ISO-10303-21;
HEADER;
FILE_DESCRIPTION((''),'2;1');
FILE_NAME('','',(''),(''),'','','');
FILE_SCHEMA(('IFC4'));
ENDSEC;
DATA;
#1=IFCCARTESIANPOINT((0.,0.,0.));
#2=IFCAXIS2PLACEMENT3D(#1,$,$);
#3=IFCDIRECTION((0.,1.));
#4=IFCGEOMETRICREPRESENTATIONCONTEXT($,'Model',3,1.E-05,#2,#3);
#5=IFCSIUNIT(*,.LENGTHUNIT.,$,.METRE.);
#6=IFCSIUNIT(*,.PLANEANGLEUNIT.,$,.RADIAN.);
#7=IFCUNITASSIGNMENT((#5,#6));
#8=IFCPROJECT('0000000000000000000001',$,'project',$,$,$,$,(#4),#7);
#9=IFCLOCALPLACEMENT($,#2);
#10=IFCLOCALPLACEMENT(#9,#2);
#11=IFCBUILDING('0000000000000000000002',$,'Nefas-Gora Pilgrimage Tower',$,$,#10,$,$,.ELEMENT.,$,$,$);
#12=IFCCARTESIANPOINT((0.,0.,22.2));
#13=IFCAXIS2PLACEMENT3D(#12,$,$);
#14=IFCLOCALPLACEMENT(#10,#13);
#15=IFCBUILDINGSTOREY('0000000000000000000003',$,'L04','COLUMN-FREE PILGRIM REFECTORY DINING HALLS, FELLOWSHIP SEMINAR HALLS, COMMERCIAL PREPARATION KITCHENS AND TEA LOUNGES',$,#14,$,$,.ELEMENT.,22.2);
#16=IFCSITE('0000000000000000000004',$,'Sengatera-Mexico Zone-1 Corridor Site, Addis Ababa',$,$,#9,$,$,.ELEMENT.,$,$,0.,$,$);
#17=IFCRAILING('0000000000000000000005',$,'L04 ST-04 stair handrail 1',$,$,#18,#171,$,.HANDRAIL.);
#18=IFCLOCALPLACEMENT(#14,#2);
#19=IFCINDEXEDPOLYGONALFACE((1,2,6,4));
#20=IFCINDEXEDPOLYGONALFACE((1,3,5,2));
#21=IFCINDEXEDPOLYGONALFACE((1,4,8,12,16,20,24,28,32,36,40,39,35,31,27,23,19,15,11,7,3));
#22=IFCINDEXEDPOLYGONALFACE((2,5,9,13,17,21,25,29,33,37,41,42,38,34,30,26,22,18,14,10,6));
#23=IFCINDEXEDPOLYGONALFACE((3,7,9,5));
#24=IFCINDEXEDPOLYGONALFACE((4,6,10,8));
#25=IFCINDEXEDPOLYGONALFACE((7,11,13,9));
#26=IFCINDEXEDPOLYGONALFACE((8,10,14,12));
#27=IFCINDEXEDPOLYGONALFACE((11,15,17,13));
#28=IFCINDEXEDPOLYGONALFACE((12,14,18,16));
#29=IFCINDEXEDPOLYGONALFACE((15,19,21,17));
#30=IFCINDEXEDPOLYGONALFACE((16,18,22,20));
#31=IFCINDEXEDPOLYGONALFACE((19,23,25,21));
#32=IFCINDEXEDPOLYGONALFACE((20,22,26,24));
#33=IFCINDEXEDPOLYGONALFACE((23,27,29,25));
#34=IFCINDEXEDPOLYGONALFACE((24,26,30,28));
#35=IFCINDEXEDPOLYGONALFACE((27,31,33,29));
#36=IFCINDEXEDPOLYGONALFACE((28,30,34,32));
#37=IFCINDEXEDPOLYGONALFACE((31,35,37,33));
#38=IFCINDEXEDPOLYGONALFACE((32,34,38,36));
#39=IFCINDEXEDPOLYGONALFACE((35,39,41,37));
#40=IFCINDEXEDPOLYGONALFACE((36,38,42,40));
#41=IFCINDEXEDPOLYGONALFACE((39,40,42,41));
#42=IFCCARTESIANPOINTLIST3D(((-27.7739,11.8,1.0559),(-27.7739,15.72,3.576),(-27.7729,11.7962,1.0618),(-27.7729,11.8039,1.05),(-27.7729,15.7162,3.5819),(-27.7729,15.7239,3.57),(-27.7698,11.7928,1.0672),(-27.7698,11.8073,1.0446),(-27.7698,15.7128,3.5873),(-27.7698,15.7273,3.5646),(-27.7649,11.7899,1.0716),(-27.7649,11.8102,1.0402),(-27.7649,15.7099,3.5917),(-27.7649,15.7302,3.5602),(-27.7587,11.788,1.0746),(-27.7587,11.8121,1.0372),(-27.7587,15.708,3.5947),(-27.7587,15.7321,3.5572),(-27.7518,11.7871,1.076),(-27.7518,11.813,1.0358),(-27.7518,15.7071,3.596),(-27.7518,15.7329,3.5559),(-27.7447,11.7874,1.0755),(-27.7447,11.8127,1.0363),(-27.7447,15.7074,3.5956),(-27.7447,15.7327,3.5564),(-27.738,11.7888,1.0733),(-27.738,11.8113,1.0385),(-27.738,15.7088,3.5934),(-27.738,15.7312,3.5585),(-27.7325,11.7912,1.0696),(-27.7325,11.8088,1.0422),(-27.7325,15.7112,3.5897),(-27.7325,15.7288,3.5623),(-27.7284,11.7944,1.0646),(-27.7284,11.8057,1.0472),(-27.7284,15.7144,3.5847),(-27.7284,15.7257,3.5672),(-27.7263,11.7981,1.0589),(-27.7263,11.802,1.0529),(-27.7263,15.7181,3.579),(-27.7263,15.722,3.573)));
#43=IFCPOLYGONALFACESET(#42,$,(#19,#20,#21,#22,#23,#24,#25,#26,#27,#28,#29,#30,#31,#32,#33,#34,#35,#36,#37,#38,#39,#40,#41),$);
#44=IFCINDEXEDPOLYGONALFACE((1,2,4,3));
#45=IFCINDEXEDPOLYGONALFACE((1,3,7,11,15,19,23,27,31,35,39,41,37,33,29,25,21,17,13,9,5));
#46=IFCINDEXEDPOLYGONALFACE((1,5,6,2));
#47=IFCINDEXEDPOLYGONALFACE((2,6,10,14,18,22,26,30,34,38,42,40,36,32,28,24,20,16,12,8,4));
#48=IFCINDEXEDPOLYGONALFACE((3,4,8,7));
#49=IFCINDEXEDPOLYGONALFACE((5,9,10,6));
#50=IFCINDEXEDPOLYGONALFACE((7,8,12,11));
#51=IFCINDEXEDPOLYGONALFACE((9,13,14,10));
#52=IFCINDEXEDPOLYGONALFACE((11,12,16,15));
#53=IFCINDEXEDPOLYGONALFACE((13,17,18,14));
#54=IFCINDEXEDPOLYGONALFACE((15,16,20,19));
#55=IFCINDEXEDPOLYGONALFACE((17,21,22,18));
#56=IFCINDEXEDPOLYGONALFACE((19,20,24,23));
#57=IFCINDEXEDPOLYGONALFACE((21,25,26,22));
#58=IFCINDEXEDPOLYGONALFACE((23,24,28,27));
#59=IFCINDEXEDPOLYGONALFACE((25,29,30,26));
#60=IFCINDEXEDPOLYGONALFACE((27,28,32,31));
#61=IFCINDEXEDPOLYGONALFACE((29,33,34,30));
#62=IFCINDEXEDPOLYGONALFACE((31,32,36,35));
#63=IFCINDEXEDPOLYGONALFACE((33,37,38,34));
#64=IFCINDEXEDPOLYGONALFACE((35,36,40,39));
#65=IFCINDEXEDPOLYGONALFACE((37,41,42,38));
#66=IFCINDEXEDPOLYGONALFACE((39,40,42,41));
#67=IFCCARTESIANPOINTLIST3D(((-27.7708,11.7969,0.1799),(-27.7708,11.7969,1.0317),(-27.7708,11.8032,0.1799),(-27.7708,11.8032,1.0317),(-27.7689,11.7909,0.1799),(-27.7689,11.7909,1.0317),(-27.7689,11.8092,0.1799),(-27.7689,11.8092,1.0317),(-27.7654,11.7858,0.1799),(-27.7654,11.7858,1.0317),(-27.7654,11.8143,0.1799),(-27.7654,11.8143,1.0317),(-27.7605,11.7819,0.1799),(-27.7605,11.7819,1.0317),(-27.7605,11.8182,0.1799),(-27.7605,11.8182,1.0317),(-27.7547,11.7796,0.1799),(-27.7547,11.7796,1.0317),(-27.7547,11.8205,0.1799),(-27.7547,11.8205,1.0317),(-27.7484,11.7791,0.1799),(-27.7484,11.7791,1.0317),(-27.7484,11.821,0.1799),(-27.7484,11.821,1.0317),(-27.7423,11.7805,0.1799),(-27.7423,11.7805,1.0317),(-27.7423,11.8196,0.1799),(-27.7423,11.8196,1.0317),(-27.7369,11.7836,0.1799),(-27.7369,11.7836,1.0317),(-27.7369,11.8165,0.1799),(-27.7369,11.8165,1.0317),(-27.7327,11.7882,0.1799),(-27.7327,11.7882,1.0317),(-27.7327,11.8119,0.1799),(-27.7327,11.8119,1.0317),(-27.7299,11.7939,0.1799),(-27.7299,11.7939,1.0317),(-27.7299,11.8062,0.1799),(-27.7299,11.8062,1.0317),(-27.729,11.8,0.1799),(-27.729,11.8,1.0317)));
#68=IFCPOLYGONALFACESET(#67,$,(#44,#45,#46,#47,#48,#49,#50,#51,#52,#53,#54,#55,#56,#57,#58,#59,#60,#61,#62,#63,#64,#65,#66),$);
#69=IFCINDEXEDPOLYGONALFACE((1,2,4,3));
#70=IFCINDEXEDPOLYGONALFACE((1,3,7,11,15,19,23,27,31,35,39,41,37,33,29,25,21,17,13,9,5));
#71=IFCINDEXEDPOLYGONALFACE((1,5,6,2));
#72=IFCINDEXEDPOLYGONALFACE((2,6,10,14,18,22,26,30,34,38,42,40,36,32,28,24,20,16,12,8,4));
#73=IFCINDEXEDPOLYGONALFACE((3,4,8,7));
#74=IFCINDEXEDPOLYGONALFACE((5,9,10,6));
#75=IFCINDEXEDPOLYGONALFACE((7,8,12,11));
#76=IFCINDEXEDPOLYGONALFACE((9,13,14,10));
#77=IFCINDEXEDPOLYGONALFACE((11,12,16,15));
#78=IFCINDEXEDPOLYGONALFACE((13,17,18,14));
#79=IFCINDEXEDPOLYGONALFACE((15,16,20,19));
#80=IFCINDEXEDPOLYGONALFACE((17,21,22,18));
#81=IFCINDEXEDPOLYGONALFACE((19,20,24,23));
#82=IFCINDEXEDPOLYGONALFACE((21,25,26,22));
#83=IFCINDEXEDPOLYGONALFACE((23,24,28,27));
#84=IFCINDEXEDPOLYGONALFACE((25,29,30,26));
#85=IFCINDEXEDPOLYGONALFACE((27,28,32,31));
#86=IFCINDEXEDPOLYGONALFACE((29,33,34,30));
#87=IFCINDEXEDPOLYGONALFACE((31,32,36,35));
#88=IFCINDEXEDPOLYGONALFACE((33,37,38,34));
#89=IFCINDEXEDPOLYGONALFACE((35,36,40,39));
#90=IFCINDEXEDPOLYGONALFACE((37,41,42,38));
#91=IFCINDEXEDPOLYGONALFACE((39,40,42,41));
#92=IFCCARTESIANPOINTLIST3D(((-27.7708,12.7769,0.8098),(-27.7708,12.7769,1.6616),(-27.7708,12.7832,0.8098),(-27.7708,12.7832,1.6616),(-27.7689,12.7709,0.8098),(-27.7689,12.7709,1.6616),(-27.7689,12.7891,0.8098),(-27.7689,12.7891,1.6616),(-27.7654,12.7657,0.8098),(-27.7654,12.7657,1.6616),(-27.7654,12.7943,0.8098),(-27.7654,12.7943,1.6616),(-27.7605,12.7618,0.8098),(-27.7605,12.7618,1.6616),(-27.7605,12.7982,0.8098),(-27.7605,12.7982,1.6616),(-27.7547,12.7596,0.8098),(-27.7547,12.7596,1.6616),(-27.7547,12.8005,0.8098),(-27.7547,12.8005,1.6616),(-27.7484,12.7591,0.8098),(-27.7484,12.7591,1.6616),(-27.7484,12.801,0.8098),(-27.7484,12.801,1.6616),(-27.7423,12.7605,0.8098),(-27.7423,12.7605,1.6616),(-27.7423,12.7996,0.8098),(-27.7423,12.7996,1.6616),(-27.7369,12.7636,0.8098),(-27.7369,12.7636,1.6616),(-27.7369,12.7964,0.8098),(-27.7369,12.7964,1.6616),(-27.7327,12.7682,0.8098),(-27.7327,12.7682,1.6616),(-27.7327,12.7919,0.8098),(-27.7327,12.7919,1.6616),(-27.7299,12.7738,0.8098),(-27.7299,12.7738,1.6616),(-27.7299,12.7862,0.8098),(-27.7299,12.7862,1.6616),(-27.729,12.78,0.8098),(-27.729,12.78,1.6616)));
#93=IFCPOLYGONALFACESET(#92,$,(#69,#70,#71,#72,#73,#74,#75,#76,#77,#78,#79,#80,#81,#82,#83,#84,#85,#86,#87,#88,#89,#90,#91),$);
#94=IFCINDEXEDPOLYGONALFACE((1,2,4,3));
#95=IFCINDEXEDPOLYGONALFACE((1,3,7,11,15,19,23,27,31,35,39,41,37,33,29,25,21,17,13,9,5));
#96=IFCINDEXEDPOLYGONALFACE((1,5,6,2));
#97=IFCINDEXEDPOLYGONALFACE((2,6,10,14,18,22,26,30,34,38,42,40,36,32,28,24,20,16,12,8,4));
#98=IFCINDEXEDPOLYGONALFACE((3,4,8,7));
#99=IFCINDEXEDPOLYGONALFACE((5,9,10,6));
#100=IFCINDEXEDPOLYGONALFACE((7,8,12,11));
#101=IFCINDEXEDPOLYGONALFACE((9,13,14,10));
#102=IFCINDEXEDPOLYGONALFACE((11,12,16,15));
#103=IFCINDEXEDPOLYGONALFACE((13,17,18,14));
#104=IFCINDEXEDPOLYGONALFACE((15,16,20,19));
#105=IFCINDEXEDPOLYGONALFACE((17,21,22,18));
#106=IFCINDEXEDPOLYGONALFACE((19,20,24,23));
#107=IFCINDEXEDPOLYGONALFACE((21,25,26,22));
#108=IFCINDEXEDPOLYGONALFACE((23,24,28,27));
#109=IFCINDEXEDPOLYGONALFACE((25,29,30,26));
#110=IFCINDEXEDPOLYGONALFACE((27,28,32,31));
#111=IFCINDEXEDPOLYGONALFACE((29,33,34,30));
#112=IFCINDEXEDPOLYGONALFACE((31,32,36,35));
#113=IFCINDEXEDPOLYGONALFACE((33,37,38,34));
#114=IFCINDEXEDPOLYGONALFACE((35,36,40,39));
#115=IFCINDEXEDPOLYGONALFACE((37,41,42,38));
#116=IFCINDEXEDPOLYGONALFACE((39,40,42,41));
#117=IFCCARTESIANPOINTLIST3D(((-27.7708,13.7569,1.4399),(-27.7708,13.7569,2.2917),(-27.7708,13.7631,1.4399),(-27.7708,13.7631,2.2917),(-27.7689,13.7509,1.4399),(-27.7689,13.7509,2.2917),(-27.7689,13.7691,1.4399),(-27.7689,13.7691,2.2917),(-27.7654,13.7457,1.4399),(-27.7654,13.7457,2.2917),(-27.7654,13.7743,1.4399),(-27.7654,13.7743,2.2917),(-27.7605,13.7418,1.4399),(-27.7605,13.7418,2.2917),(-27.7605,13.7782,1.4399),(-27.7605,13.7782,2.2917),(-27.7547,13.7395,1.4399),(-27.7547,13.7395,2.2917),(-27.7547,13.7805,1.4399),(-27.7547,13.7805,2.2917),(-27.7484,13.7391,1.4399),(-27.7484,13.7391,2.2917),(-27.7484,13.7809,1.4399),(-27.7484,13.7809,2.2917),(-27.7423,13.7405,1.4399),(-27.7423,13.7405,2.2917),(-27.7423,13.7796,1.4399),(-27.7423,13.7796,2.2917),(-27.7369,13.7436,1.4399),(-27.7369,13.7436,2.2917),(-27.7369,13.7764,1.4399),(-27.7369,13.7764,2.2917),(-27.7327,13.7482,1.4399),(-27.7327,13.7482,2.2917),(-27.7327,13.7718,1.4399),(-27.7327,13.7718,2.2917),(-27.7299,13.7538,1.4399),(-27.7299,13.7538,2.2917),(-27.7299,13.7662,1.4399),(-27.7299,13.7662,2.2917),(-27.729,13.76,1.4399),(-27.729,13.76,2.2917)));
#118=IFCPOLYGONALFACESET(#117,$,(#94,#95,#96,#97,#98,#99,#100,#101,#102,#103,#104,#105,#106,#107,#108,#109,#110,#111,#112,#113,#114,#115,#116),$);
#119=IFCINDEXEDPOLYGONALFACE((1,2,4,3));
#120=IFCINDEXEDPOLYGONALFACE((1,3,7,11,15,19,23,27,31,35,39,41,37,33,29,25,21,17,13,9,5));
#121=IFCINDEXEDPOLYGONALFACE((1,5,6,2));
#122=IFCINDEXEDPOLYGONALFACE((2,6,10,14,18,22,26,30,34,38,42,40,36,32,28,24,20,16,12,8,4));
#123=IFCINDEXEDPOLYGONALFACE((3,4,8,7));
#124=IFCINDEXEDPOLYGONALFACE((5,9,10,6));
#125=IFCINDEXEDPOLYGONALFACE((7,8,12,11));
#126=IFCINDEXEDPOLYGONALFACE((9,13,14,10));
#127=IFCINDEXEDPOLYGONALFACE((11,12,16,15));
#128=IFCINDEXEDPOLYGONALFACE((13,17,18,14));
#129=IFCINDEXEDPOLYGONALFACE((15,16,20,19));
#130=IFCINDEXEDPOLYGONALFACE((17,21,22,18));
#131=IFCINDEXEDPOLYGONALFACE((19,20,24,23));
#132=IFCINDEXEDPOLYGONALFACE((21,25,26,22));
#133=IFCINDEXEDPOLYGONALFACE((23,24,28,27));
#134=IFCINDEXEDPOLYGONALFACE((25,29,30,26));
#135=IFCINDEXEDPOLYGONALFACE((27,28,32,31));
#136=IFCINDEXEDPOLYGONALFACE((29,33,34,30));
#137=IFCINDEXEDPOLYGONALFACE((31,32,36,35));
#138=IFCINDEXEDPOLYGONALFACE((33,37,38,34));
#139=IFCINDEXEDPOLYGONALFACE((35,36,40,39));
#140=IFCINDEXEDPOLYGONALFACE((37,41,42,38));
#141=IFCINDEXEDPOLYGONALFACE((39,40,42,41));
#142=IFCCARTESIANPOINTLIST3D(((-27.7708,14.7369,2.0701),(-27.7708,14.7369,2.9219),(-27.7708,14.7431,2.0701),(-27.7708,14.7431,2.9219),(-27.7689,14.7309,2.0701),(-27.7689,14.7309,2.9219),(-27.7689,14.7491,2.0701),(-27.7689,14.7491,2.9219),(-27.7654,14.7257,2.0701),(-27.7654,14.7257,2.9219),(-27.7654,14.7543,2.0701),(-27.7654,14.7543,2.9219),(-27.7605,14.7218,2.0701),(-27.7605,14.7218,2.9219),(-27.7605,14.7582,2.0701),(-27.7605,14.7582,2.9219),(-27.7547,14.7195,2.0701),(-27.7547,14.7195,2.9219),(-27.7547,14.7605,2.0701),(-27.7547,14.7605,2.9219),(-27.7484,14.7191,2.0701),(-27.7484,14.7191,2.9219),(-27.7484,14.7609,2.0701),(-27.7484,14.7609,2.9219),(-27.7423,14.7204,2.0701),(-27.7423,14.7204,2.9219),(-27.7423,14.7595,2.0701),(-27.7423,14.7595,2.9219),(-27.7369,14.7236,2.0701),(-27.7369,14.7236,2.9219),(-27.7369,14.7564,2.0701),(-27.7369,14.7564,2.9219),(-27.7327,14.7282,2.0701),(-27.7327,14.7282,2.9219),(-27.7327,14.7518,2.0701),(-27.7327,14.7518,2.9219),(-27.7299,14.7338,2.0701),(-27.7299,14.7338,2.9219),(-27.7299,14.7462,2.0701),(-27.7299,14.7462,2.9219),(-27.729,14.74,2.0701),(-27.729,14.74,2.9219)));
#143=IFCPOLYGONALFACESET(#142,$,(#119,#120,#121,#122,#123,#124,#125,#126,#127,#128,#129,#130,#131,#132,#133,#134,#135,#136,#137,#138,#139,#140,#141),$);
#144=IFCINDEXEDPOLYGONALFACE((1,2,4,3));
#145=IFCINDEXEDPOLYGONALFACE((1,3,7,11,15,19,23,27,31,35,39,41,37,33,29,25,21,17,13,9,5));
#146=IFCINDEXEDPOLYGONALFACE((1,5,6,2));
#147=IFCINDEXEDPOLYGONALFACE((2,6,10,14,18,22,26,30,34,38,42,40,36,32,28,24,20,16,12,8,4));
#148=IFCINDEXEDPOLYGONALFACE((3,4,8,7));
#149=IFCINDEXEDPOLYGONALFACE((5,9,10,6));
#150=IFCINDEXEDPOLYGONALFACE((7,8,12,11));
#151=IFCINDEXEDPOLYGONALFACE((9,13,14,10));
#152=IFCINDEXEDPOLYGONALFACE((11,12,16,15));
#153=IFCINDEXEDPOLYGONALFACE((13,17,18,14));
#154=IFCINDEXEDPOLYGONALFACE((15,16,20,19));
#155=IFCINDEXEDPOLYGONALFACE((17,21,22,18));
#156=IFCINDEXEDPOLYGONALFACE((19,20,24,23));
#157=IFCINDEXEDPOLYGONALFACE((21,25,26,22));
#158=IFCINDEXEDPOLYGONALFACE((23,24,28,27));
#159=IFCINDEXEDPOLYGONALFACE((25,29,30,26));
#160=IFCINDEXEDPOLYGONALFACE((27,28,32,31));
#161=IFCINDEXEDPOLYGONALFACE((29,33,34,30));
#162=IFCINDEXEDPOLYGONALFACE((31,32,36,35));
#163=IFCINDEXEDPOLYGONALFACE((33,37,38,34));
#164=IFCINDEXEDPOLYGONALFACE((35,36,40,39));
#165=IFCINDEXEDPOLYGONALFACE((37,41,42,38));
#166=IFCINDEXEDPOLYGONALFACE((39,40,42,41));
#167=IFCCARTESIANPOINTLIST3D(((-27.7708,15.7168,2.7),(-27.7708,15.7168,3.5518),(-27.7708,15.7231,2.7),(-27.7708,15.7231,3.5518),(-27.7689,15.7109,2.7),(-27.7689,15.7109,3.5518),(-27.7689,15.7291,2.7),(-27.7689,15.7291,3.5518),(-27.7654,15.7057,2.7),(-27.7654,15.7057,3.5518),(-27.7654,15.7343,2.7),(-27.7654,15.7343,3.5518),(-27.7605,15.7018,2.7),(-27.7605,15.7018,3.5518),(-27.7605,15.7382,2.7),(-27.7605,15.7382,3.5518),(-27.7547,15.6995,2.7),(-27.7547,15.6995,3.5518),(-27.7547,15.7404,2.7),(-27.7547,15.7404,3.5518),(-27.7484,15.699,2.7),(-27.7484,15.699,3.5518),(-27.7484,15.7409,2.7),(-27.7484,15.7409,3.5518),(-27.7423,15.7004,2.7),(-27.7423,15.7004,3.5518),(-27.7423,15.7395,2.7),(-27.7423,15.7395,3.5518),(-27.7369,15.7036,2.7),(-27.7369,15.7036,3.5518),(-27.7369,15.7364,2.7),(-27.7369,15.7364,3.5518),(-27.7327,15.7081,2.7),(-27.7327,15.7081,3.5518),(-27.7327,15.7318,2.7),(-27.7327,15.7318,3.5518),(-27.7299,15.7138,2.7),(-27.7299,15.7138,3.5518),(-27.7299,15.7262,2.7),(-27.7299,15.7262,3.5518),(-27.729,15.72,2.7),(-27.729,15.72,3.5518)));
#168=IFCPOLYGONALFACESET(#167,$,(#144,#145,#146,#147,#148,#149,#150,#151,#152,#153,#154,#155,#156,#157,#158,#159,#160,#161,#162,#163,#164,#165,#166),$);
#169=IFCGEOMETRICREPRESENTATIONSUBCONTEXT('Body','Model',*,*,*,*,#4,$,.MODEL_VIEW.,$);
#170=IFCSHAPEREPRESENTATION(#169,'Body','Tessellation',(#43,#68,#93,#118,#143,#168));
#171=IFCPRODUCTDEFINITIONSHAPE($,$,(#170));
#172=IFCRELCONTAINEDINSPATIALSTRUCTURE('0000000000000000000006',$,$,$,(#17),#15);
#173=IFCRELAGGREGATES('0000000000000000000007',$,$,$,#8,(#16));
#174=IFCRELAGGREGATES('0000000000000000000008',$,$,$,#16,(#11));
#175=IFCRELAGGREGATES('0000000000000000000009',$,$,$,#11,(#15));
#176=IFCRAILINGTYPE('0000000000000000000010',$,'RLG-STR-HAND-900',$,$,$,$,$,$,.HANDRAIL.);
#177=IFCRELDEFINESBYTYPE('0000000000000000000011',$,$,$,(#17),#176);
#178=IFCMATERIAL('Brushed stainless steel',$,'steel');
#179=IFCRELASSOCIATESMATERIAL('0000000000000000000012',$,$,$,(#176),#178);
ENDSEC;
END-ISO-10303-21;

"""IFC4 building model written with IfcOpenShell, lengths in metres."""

from ifc_helpers import new_model, si_unit, direction, frame, origin, origin_2d, place, context, subcontext, project, spatial, circle, extrude, material, type_object, element, save


model = new_model("IFC4")

# Units and contexts
model_context = context("Model", 3, precision=1e-05, world=origin(), true_north=direction((0.0, 1.0)))
body_context = subcontext(model_context, "Body", "Model", "MODEL_VIEW")
ifc_project = project(units=[si_unit("LENGTHUNIT", "METRE"), si_unit("PLANEANGLEUNIT", "RADIAN")], contexts=[model_context])

# Site, building, storey
site_placement = place(None, origin())
site = spatial("IfcSite", under=ifc_project, at=site_placement, Name="Sengatera-Mexico Zone-1 Corridor Site, Addis Ababa", CompositionType="ELEMENT", RefElevation=0.0)
building_placement = place(site_placement, origin())
building = spatial("IfcBuilding", under=site, at=building_placement, Name="Nefas-Gora Pilgrimage Tower", CompositionType="ELEMENT")
storey_placement = place(building_placement, frame((0.0, 0.0, 22.2)))
storey = spatial("IfcBuildingStorey", under=building, at=storey_placement, Name="L04", Description="COLUMN-FREE PILGRIM REFECTORY DINING HALLS, FELLOWSHIP SEMINAR HALLS, COMMERCIAL PREPARATION KITCHENS AND TEA LOUNGES", CompositionType="ELEMENT", Elevation=22.2)

# Railing
ifc_material_1 = material(Name="Brushed stainless steel", Category="steel")
railing_type_1 = type_object("IfcRailingType", Name="RLG-STR-HAND-900", PredefinedType="HANDRAIL", material=ifc_material_1)
railing_1_placement = place(storey_placement, frame((-27.75, 11.8, 0.1799)))
element("IfcRailing", 1, at=railing_1_placement, inside=storey, type_object=railing_type_1, Name="L04 ST-04 stair handrail 1", PredefinedType="HANDRAIL", context=body_context, shape_type="SweptSolid", body=[
    extrude(circle(Radius=0.0239, at=origin_2d()), frame((0.0, 0.0, 0.876), z_axis=(0.0, 0.841172, 0.540768), x_axis=(-1.0, 0.0, 0.0)), (0.0, 0.0, 1.0), 4.6602),
    extrude(circle(Radius=0.021, at=origin_2d()), origin(), (0.0, 0.0, 1.0), 0.8518),
    extrude(circle(Radius=0.021, at=origin_2d()), frame((0.0, 0.98, 0.6299)), (0.0, 0.0, 1.0), 0.8518),
    extrude(circle(Radius=0.021, at=origin_2d()), frame((0.0, 1.96, 1.26)), (0.0, 0.0, 1.0), 0.8518),
    extrude(circle(Radius=0.021, at=origin_2d()), frame((0.0, 2.9399, 1.8901)), (0.0, 0.0, 1.0), 0.8518),
    extrude(circle(Radius=0.021, at=origin_2d()), frame((0.0, 3.9199, 2.52)), (0.0, 0.0, 1.0), 0.8518),
])

save(model, "model.ifc")
